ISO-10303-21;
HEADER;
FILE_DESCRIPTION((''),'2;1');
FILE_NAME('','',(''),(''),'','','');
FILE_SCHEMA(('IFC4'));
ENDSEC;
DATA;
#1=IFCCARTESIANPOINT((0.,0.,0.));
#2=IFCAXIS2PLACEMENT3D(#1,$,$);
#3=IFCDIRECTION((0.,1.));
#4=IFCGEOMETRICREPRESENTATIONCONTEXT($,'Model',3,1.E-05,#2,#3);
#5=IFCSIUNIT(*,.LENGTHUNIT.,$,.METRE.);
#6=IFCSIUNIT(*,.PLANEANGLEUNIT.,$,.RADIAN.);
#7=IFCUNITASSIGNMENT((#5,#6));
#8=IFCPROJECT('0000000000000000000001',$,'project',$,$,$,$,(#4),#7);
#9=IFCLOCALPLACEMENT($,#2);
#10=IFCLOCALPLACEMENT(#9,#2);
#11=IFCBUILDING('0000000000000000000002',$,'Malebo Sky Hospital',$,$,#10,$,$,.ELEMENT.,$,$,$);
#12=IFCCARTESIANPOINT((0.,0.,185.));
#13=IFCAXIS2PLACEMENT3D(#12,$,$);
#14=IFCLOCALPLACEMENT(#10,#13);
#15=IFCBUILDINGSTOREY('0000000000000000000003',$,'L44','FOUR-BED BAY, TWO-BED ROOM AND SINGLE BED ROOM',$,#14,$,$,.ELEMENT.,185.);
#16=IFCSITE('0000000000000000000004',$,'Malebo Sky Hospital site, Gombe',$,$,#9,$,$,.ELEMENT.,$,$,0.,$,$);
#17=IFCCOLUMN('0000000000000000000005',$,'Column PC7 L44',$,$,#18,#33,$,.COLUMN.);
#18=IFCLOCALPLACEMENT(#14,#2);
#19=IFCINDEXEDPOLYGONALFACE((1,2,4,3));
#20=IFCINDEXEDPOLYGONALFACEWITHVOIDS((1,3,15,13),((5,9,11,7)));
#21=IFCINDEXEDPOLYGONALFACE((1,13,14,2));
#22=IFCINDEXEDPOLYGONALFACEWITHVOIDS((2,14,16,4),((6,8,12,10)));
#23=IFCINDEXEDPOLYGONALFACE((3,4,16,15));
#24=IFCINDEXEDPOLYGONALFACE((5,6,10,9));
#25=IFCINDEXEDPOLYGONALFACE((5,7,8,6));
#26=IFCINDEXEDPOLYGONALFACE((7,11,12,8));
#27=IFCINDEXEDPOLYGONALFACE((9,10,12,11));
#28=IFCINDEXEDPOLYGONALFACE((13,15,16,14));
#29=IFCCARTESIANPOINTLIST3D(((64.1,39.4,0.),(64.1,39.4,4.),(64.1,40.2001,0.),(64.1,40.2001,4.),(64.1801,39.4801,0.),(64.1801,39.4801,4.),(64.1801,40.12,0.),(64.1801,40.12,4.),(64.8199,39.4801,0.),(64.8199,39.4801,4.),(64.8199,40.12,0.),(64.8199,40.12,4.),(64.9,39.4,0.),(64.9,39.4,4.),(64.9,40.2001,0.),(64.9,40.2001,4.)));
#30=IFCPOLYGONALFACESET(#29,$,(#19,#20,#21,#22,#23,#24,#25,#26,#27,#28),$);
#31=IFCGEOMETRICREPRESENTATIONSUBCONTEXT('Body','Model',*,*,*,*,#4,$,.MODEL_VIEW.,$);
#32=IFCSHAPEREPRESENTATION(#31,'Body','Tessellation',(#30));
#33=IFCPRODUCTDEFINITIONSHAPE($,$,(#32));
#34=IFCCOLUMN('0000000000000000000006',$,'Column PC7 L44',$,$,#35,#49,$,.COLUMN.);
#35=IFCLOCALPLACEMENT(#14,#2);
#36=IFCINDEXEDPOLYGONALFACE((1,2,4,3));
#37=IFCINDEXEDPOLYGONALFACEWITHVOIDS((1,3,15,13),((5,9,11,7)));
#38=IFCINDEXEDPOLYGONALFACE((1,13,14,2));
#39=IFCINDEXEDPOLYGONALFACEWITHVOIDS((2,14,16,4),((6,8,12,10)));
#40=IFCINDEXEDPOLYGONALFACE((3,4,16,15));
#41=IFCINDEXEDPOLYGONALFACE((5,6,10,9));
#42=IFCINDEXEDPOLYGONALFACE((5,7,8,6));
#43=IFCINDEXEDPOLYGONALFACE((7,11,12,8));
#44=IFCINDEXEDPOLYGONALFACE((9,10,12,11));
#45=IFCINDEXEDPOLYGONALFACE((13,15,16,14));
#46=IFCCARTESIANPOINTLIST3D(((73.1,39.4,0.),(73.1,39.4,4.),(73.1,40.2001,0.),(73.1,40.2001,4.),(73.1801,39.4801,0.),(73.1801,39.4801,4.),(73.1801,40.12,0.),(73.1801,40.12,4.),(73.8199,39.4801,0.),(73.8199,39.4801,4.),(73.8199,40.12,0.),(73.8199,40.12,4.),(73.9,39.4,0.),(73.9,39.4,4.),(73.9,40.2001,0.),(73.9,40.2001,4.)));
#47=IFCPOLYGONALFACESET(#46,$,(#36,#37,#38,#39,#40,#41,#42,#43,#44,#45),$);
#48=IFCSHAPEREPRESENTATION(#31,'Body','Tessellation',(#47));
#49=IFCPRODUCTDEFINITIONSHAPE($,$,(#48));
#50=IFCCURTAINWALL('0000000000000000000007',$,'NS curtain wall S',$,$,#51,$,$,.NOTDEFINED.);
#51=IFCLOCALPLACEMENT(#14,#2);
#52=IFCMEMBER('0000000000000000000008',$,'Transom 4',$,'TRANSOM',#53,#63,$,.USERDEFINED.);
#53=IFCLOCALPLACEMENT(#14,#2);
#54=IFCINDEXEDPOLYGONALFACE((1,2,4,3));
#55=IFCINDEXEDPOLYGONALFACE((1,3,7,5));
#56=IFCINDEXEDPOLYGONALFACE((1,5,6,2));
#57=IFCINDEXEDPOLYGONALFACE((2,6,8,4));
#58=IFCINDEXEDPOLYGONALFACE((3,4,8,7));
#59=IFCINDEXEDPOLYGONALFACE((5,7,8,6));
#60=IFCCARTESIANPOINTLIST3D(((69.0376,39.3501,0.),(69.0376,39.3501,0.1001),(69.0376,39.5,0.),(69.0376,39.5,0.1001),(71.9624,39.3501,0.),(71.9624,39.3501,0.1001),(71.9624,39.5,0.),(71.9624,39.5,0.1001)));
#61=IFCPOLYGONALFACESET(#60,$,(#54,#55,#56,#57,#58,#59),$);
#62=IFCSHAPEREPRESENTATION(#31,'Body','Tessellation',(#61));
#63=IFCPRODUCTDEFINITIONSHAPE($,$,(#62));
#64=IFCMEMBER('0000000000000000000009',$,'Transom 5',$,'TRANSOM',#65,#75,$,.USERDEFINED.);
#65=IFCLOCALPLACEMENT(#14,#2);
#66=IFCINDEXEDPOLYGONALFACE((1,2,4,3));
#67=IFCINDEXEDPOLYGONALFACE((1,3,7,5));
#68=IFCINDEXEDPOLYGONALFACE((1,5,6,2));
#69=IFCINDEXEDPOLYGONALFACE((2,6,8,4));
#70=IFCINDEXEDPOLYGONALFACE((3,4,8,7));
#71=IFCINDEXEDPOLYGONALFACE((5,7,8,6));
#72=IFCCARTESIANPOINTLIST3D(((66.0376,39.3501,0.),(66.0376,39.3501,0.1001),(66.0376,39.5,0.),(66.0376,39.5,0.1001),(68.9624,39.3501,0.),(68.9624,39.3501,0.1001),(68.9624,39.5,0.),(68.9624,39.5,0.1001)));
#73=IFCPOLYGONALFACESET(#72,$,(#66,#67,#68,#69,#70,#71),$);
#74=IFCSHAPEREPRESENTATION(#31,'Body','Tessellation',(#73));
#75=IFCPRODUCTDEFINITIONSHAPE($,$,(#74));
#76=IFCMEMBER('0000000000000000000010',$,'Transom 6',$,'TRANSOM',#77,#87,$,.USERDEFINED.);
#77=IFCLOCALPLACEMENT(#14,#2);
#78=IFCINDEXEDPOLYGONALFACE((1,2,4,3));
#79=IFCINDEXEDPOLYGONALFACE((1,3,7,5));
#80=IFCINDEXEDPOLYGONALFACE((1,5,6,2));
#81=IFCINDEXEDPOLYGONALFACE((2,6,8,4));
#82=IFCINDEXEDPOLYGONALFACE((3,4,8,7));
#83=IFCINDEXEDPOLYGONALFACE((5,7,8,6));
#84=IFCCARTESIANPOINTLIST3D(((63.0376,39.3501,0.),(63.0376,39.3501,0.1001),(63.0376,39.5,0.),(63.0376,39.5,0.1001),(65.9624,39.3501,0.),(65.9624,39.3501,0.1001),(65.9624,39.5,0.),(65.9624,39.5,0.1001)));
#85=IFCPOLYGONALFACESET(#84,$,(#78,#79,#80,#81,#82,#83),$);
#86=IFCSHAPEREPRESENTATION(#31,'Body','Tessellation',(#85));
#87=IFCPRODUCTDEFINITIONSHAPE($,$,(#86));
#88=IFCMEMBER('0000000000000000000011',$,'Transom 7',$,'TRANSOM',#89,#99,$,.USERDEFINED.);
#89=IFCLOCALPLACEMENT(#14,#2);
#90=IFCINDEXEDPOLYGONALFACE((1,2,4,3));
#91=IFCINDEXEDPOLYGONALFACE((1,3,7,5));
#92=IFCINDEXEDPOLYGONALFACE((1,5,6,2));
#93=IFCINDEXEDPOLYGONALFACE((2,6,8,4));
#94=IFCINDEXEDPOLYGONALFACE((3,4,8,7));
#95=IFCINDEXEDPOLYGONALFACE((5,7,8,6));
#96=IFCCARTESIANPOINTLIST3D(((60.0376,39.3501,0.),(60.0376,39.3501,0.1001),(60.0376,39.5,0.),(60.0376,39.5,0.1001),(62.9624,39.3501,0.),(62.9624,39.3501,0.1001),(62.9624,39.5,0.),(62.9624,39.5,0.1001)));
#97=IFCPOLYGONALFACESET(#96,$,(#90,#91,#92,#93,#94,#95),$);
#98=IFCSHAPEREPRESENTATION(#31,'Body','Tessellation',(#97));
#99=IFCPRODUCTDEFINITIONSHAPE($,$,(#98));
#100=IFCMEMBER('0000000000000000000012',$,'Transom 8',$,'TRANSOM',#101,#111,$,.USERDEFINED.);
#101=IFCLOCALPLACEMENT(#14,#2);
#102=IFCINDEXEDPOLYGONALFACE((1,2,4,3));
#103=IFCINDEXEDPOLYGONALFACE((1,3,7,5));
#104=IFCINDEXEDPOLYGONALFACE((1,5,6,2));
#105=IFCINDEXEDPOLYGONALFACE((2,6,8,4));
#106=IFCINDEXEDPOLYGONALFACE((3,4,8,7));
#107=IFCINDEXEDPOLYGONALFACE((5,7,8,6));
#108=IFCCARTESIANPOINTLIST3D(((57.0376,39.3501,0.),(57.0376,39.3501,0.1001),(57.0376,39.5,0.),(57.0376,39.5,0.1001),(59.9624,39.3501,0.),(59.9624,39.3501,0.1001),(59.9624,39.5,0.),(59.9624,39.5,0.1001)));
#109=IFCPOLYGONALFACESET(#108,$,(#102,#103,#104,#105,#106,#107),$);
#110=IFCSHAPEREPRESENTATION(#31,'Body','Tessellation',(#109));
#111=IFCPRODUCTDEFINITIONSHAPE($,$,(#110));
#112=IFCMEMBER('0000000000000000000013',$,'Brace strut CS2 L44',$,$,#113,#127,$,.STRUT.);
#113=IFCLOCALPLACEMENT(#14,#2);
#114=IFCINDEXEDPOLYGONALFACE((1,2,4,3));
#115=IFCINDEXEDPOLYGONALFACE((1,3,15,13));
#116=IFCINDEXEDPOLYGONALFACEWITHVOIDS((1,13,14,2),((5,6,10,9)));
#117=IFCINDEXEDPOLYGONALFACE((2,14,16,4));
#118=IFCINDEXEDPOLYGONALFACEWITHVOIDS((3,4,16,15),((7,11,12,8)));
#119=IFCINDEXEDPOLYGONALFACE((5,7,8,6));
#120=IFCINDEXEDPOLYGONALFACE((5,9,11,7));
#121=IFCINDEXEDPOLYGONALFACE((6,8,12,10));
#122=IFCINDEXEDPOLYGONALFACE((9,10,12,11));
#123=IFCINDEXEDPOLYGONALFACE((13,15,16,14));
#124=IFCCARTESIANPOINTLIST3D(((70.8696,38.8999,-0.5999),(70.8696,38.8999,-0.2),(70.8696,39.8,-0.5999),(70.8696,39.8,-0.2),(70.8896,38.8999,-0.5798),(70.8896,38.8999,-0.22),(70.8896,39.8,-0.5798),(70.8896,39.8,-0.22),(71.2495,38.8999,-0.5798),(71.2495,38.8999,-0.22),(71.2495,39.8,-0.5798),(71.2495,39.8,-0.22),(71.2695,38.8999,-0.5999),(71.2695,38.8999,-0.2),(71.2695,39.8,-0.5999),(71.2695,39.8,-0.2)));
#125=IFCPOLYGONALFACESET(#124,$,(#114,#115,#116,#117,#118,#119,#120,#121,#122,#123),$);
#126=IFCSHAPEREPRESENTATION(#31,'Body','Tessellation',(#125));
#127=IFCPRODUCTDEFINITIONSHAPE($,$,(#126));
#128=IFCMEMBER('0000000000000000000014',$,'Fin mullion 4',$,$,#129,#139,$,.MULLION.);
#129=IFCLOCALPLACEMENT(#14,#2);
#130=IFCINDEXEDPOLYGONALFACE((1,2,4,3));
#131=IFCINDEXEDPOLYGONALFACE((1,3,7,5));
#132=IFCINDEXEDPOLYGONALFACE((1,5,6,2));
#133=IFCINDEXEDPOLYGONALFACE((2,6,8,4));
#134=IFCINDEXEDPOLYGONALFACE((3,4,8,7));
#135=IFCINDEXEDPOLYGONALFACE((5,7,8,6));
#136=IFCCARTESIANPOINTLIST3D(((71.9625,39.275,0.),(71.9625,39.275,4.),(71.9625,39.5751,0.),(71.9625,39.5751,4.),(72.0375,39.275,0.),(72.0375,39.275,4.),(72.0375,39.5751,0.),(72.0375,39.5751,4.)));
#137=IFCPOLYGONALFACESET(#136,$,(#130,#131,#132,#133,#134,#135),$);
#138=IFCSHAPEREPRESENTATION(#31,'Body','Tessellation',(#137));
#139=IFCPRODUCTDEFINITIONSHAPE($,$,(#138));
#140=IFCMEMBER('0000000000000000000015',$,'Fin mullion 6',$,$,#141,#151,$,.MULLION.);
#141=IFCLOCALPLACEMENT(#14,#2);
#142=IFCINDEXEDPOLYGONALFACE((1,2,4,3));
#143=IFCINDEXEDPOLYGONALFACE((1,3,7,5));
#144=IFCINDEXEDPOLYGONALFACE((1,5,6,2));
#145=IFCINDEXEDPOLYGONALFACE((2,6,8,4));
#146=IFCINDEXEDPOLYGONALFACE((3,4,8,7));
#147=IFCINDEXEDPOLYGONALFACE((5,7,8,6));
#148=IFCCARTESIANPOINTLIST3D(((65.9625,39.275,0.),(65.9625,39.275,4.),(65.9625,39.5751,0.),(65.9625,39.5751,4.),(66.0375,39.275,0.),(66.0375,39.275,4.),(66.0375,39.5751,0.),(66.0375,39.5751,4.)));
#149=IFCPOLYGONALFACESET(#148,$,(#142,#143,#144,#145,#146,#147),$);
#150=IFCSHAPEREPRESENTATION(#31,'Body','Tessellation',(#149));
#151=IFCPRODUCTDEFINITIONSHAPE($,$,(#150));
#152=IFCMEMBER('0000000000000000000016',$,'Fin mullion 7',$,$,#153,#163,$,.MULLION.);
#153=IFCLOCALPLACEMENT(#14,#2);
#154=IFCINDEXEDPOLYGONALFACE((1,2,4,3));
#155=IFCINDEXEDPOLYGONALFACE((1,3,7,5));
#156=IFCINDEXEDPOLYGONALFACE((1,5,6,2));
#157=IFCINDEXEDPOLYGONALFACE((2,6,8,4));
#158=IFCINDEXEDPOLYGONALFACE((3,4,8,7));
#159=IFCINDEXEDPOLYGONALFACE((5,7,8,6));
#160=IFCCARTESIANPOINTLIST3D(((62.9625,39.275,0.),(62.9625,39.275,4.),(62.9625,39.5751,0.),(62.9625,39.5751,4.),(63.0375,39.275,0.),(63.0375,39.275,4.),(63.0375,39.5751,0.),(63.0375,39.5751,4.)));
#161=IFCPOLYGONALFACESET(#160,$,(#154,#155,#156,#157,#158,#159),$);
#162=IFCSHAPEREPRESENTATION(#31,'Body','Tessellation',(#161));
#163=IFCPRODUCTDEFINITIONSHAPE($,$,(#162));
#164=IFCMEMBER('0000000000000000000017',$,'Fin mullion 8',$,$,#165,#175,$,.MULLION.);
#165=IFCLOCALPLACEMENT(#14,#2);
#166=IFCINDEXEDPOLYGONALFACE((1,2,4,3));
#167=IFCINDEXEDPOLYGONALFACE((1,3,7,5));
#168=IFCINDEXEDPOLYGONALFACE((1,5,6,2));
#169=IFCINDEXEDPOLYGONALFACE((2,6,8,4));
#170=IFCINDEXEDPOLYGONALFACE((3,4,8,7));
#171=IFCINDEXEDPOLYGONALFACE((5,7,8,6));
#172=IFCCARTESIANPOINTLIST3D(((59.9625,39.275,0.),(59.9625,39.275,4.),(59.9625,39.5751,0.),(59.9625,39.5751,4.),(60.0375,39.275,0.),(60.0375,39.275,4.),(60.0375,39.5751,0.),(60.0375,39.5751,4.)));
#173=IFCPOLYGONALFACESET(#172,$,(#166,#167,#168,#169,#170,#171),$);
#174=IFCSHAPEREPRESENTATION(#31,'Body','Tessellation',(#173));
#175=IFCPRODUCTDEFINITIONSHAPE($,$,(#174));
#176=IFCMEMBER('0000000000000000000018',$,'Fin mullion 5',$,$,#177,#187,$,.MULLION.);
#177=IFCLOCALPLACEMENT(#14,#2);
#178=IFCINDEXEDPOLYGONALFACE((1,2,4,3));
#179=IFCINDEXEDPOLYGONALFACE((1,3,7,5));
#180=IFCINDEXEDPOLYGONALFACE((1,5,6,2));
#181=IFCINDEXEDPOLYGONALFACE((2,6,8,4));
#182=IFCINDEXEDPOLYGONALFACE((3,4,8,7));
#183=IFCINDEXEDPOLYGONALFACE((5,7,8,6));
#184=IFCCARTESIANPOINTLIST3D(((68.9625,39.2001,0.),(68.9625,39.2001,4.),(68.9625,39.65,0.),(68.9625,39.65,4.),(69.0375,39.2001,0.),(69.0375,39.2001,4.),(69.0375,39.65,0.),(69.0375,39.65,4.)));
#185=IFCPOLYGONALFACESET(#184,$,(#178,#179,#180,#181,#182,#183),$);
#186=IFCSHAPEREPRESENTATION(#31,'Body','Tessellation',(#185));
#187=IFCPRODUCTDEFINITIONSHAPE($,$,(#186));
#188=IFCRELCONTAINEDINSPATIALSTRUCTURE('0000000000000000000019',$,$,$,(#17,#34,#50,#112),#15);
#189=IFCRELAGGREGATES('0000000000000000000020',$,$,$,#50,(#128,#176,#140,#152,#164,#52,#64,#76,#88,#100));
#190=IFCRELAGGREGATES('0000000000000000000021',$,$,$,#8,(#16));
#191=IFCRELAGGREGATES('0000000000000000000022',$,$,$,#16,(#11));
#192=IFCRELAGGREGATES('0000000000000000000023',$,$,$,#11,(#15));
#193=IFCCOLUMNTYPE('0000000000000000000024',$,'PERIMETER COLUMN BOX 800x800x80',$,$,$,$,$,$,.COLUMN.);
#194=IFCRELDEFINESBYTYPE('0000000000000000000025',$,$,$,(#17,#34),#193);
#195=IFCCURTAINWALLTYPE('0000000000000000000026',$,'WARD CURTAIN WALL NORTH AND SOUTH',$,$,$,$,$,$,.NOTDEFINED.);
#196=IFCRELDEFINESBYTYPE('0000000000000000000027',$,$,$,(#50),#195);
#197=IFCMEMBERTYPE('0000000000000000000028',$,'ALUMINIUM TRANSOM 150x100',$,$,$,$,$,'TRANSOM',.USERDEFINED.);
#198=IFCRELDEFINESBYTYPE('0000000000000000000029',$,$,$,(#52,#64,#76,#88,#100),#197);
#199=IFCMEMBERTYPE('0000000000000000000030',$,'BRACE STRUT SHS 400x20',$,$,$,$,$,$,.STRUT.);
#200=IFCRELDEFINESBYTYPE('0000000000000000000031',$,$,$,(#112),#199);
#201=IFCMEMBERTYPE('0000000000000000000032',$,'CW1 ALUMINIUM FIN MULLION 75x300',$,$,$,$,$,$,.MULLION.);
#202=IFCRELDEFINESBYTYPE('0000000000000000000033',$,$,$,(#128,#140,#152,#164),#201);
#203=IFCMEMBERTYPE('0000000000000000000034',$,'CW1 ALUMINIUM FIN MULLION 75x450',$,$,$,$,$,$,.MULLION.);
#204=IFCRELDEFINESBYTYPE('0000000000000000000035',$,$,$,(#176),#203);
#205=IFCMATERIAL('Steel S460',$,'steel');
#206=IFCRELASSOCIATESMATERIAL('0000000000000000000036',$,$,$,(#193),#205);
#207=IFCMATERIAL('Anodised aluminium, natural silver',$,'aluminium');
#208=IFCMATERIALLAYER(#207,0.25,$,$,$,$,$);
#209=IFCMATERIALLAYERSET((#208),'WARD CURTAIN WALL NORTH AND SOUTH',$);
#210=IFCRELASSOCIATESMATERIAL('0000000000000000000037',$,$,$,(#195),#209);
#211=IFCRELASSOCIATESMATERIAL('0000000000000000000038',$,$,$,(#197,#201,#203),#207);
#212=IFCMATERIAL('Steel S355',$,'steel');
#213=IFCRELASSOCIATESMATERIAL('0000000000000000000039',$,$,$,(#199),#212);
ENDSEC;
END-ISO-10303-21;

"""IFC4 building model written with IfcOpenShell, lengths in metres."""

from ifc_helpers import new_model, si_unit, direction, frame, origin, origin_2d, place, context, subcontext, project, spatial, rectangle, hollow_rectangle, extrude, material, layer, layer_set, material_profile, profile_set, type_object, element, aggregate, save


model = new_model("IFC4")

# Units and contexts
model_context = context("Model", 3, precision=1e-05, world=origin(), true_north=direction((0.0, 1.0)))
body_context = subcontext(model_context, "Body", "Model", "MODEL_VIEW")
ifc_project = project(units=[si_unit("LENGTHUNIT", "METRE"), si_unit("PLANEANGLEUNIT", "RADIAN")], contexts=[model_context])

# Site, building, storey
site_placement = place(None, origin())
site = spatial("IfcSite", under=ifc_project, at=site_placement, Name="Malebo Sky Hospital site, Gombe", CompositionType="ELEMENT", RefElevation=0.0)
building_placement = place(site_placement, origin())
building = spatial("IfcBuilding", under=site, at=building_placement, Name="Malebo Sky Hospital", CompositionType="ELEMENT")
storey_placement = place(building_placement, frame((0.0, 0.0, 185.0)))
storey = spatial("IfcBuildingStorey", under=building, at=storey_placement, Name="L44", Description="FOUR-BED BAY, TWO-BED ROOM AND SINGLE BED ROOM", CompositionType="ELEMENT", Elevation=185.0)

# Columns
ifc_material_1 = material(Name="Steel S460", Category="steel")
ifc_material_profile_1 = material_profile(ifc_material_1, hollow_rectangle(XDim=0.8, YDim=0.8, WallThickness=0.0801, at=origin_2d()), Name="BOX 800x800x80")
ifc_profile_set_1 = profile_set([ifc_material_profile_1], Name="Steel S460")
column_type = type_object("IfcColumnType", Name="PERIMETER COLUMN BOX 800x800x80", PredefinedType="COLUMN", material=ifc_profile_set_1)
for number, where, z_axis, x_axis, name in (
    (1, (64.5, 39.8, 0.0), (0.0, 0.0, 1.0), (1.0, 0.0, 0.0), "Column PC7 L44"),
    (2, (73.5, 39.8, 0.0), (0.0, 0.0, 1.0), (1.0, 0.0, 0.0), "Column PC7 L44"),
):
    element("IfcColumn", number, at=place(storey_placement, frame(where, z_axis=z_axis, x_axis=x_axis)), inside=storey, type_object=column_type, Name=name, PredefinedType="COLUMN", context=body_context, shape_type="SweptSolid", body=[
        extrude(hollow_rectangle(XDim=0.8, YDim=0.8, WallThickness=0.0801, at=origin_2d()), origin(), (0.0, 0.0, 1.0), 4.0),
    ])

# Curtain wall, members
ifc_material_2 = material(Name="Anodised aluminium, natural silver", Category="aluminium")
ifc_layer_1 = layer(ifc_material_2, 0.25)
ifc_layer_set_1 = layer_set([ifc_layer_1], Name="WARD CURTAIN WALL NORTH AND SOUTH")
curtain_wall_type = type_object("IfcCurtainWallType", Name="WARD CURTAIN WALL NORTH AND SOUTH", PredefinedType="NOTDEFINED", material=ifc_layer_set_1)
curtain_wall_placement = place(storey_placement, origin())
curtain_wall = element("IfcCurtainWall", 3, at=curtain_wall_placement, inside=storey, type_object=curtain_wall_type, Name="NS curtain wall S", PredefinedType="NOTDEFINED")
ifc_material_profile_2 = material_profile(ifc_material_2, rectangle(XDim=0.1499, YDim=0.1001, at=origin_2d()), Name="ALUMINIUM TRANSOM 150x100")
ifc_profile_set_2 = profile_set([ifc_material_profile_2], Name="Anodised aluminium, natural silver")
member_type_1 = type_object("IfcMemberType", Name="ALUMINIUM TRANSOM 150x100", ElementType="TRANSOM", PredefinedType="USERDEFINED", material=ifc_profile_set_2)
member_1_placement = place(storey_placement, frame((71.9624, 39.425, 0.05), z_axis=(-1.0, 0.0, 0.0), x_axis=(0.0, -1.0, 0.0)))
member_1 = element("IfcMember", 4, at=member_1_placement, type_object=member_type_1, Name="Transom 4", ObjectType="TRANSOM", PredefinedType="USERDEFINED", context=body_context, shape_type="SweptSolid", body=[
    extrude(rectangle(XDim=0.1499, YDim=0.1001, at=origin_2d()), origin(), (0.0, 0.0, 1.0), 2.9248),
])
member_2_placement = place(storey_placement, frame((68.9624, 39.425, 0.05), z_axis=(-1.0, 0.0, 0.0), x_axis=(0.0, -1.0, 0.0)))
member_2 = element("IfcMember", 5, at=member_2_placement, type_object=member_type_1, Name="Transom 5", ObjectType="TRANSOM", PredefinedType="USERDEFINED", context=body_context, shape_type="SweptSolid", body=[
    extrude(rectangle(XDim=0.1499, YDim=0.1001, at=origin_2d()), origin(), (0.0, 0.0, 1.0), 2.9248),
])
member_3_placement = place(storey_placement, frame((65.9624, 39.425, 0.05), z_axis=(-1.0, 0.0, 0.0), x_axis=(0.0, -1.0, 0.0)))
member_3 = element("IfcMember", 6, at=member_3_placement, type_object=member_type_1, Name="Transom 6", ObjectType="TRANSOM", PredefinedType="USERDEFINED", context=body_context, shape_type="SweptSolid", body=[
    extrude(rectangle(XDim=0.1499, YDim=0.1001, at=origin_2d()), origin(), (0.0, 0.0, 1.0), 2.9248),
])
member_4_placement = place(storey_placement, frame((62.9624, 39.425, 0.05), z_axis=(-1.0, 0.0, 0.0), x_axis=(0.0, -1.0, 0.0)))
member_4 = element("IfcMember", 7, at=member_4_placement, type_object=member_type_1, Name="Transom 7", ObjectType="TRANSOM", PredefinedType="USERDEFINED", context=body_context, shape_type="SweptSolid", body=[
    extrude(rectangle(XDim=0.1499, YDim=0.1001, at=origin_2d()), origin(), (0.0, 0.0, 1.0), 2.9248),
])
member_5_placement = place(storey_placement, frame((59.9624, 39.425, 0.05), z_axis=(-1.0, 0.0, 0.0), x_axis=(0.0, -1.0, 0.0)))
member_5 = element("IfcMember", 8, at=member_5_placement, type_object=member_type_1, Name="Transom 8", ObjectType="TRANSOM", PredefinedType="USERDEFINED", context=body_context, shape_type="SweptSolid", body=[
    extrude(rectangle(XDim=0.1499, YDim=0.1001, at=origin_2d()), origin(), (0.0, 0.0, 1.0), 2.9248),
])

# Members
ifc_material_3 = material(Name="Steel S355", Category="steel")
ifc_material_profile_3 = material_profile(ifc_material_3, hollow_rectangle(XDim=0.3999, YDim=0.3999, WallThickness=0.02, at=origin_2d()), Name="SHS 400x20")
ifc_profile_set_3 = profile_set([ifc_material_profile_3], Name="Steel S355")
member_type_2 = type_object("IfcMemberType", Name="BRACE STRUT SHS 400x20", PredefinedType="STRUT", material=ifc_profile_set_3)
member_6_placement = place(storey_placement, frame((71.0696, 38.8999, -0.3999), z_axis=(0.0, 1.0, 0.0), x_axis=(-1.0, 0.0, 0.0)))
element("IfcMember", 9, at=member_6_placement, inside=storey, type_object=member_type_2, Name="Brace strut CS2 L44", PredefinedType="STRUT", context=body_context, shape_type="SweptSolid", body=[
    extrude(hollow_rectangle(XDim=0.3999, YDim=0.3999, WallThickness=0.02, at=origin_2d()), origin(), (0.0, 0.0, 1.0), 0.9001),
])
ifc_material_profile_4 = material_profile(ifc_material_2, rectangle(XDim=0.075, YDim=0.3, at=origin_2d()), Name="CW1 ALUMINIUM FIN MULLION 75x300")
ifc_profile_set_4 = profile_set([ifc_material_profile_4], Name="Anodised aluminium, natural silver")
member_type_3 = type_object("IfcMemberType", Name="CW1 ALUMINIUM FIN MULLION 75x300", PredefinedType="MULLION", material=ifc_profile_set_4)
member_7_placement = place(storey_placement, frame((72.0, 39.425, 0.0), z_axis=(0.0, 0.0, 1.0), x_axis=(-1.0, 0.0, 0.0)))
member_7 = element("IfcMember", 10, at=member_7_placement, type_object=member_type_3, Name="Fin mullion 4", PredefinedType="MULLION", context=body_context, shape_type="SweptSolid", body=[
    extrude(rectangle(XDim=0.075, YDim=0.3, at=origin_2d()), origin(), (0.0, 0.0, 1.0), 4.0),
])
member_8_placement = place(storey_placement, frame((66.0, 39.425, 0.0), z_axis=(0.0, 0.0, 1.0), x_axis=(-1.0, 0.0, 0.0)))
member_8 = element("IfcMember", 11, at=member_8_placement, type_object=member_type_3, Name="Fin mullion 6", PredefinedType="MULLION", context=body_context, shape_type="SweptSolid", body=[
    extrude(rectangle(XDim=0.075, YDim=0.3, at=origin_2d()), origin(), (0.0, 0.0, 1.0), 4.0),
])
member_9_placement = place(storey_placement, frame((63.0, 39.425, 0.0), z_axis=(0.0, 0.0, 1.0), x_axis=(-1.0, 0.0, 0.0)))
member_9 = element("IfcMember", 12, at=member_9_placement, type_object=member_type_3, Name="Fin mullion 7", PredefinedType="MULLION", context=body_context, shape_type="SweptSolid", body=[
    extrude(rectangle(XDim=0.075, YDim=0.3, at=origin_2d()), origin(), (0.0, 0.0, 1.0), 4.0),
])
member_10_placement = place(storey_placement, frame((60.0, 39.425, 0.0), z_axis=(0.0, 0.0, 1.0), x_axis=(-1.0, 0.0, 0.0)))
member_10 = element("IfcMember", 13, at=member_10_placement, type_object=member_type_3, Name="Fin mullion 8", PredefinedType="MULLION", context=body_context, shape_type="SweptSolid", body=[
    extrude(rectangle(XDim=0.075, YDim=0.3, at=origin_2d()), origin(), (0.0, 0.0, 1.0), 4.0),
])
ifc_material_profile_5 = material_profile(ifc_material_2, rectangle(XDim=0.075, YDim=0.45, at=origin_2d()), Name="CW1 ALUMINIUM FIN MULLION 75x450")
ifc_profile_set_5 = profile_set([ifc_material_profile_5], Name="Anodised aluminium, natural silver")
member_type_4 = type_object("IfcMemberType", Name="CW1 ALUMINIUM FIN MULLION 75x450", PredefinedType="MULLION", material=ifc_profile_set_5)
member_11_placement = place(storey_placement, frame((69.0, 39.425, 0.0), z_axis=(0.0, 0.0, 1.0), x_axis=(-1.0, 0.0, 0.0)))
member_11 = element("IfcMember", 14, at=member_11_placement, type_object=member_type_4, Name="Fin mullion 5", PredefinedType="MULLION", context=body_context, shape_type="SweptSolid", body=[
    extrude(rectangle(XDim=0.075, YDim=0.45, at=origin_2d()), origin(), (0.0, 0.0, 1.0), 4.0),
])

aggregate(curtain_wall, [member_7, member_11, member_8, member_9, member_10, member_1, member_2, member_3, member_4, member_5])

save(model, "model.ifc")
